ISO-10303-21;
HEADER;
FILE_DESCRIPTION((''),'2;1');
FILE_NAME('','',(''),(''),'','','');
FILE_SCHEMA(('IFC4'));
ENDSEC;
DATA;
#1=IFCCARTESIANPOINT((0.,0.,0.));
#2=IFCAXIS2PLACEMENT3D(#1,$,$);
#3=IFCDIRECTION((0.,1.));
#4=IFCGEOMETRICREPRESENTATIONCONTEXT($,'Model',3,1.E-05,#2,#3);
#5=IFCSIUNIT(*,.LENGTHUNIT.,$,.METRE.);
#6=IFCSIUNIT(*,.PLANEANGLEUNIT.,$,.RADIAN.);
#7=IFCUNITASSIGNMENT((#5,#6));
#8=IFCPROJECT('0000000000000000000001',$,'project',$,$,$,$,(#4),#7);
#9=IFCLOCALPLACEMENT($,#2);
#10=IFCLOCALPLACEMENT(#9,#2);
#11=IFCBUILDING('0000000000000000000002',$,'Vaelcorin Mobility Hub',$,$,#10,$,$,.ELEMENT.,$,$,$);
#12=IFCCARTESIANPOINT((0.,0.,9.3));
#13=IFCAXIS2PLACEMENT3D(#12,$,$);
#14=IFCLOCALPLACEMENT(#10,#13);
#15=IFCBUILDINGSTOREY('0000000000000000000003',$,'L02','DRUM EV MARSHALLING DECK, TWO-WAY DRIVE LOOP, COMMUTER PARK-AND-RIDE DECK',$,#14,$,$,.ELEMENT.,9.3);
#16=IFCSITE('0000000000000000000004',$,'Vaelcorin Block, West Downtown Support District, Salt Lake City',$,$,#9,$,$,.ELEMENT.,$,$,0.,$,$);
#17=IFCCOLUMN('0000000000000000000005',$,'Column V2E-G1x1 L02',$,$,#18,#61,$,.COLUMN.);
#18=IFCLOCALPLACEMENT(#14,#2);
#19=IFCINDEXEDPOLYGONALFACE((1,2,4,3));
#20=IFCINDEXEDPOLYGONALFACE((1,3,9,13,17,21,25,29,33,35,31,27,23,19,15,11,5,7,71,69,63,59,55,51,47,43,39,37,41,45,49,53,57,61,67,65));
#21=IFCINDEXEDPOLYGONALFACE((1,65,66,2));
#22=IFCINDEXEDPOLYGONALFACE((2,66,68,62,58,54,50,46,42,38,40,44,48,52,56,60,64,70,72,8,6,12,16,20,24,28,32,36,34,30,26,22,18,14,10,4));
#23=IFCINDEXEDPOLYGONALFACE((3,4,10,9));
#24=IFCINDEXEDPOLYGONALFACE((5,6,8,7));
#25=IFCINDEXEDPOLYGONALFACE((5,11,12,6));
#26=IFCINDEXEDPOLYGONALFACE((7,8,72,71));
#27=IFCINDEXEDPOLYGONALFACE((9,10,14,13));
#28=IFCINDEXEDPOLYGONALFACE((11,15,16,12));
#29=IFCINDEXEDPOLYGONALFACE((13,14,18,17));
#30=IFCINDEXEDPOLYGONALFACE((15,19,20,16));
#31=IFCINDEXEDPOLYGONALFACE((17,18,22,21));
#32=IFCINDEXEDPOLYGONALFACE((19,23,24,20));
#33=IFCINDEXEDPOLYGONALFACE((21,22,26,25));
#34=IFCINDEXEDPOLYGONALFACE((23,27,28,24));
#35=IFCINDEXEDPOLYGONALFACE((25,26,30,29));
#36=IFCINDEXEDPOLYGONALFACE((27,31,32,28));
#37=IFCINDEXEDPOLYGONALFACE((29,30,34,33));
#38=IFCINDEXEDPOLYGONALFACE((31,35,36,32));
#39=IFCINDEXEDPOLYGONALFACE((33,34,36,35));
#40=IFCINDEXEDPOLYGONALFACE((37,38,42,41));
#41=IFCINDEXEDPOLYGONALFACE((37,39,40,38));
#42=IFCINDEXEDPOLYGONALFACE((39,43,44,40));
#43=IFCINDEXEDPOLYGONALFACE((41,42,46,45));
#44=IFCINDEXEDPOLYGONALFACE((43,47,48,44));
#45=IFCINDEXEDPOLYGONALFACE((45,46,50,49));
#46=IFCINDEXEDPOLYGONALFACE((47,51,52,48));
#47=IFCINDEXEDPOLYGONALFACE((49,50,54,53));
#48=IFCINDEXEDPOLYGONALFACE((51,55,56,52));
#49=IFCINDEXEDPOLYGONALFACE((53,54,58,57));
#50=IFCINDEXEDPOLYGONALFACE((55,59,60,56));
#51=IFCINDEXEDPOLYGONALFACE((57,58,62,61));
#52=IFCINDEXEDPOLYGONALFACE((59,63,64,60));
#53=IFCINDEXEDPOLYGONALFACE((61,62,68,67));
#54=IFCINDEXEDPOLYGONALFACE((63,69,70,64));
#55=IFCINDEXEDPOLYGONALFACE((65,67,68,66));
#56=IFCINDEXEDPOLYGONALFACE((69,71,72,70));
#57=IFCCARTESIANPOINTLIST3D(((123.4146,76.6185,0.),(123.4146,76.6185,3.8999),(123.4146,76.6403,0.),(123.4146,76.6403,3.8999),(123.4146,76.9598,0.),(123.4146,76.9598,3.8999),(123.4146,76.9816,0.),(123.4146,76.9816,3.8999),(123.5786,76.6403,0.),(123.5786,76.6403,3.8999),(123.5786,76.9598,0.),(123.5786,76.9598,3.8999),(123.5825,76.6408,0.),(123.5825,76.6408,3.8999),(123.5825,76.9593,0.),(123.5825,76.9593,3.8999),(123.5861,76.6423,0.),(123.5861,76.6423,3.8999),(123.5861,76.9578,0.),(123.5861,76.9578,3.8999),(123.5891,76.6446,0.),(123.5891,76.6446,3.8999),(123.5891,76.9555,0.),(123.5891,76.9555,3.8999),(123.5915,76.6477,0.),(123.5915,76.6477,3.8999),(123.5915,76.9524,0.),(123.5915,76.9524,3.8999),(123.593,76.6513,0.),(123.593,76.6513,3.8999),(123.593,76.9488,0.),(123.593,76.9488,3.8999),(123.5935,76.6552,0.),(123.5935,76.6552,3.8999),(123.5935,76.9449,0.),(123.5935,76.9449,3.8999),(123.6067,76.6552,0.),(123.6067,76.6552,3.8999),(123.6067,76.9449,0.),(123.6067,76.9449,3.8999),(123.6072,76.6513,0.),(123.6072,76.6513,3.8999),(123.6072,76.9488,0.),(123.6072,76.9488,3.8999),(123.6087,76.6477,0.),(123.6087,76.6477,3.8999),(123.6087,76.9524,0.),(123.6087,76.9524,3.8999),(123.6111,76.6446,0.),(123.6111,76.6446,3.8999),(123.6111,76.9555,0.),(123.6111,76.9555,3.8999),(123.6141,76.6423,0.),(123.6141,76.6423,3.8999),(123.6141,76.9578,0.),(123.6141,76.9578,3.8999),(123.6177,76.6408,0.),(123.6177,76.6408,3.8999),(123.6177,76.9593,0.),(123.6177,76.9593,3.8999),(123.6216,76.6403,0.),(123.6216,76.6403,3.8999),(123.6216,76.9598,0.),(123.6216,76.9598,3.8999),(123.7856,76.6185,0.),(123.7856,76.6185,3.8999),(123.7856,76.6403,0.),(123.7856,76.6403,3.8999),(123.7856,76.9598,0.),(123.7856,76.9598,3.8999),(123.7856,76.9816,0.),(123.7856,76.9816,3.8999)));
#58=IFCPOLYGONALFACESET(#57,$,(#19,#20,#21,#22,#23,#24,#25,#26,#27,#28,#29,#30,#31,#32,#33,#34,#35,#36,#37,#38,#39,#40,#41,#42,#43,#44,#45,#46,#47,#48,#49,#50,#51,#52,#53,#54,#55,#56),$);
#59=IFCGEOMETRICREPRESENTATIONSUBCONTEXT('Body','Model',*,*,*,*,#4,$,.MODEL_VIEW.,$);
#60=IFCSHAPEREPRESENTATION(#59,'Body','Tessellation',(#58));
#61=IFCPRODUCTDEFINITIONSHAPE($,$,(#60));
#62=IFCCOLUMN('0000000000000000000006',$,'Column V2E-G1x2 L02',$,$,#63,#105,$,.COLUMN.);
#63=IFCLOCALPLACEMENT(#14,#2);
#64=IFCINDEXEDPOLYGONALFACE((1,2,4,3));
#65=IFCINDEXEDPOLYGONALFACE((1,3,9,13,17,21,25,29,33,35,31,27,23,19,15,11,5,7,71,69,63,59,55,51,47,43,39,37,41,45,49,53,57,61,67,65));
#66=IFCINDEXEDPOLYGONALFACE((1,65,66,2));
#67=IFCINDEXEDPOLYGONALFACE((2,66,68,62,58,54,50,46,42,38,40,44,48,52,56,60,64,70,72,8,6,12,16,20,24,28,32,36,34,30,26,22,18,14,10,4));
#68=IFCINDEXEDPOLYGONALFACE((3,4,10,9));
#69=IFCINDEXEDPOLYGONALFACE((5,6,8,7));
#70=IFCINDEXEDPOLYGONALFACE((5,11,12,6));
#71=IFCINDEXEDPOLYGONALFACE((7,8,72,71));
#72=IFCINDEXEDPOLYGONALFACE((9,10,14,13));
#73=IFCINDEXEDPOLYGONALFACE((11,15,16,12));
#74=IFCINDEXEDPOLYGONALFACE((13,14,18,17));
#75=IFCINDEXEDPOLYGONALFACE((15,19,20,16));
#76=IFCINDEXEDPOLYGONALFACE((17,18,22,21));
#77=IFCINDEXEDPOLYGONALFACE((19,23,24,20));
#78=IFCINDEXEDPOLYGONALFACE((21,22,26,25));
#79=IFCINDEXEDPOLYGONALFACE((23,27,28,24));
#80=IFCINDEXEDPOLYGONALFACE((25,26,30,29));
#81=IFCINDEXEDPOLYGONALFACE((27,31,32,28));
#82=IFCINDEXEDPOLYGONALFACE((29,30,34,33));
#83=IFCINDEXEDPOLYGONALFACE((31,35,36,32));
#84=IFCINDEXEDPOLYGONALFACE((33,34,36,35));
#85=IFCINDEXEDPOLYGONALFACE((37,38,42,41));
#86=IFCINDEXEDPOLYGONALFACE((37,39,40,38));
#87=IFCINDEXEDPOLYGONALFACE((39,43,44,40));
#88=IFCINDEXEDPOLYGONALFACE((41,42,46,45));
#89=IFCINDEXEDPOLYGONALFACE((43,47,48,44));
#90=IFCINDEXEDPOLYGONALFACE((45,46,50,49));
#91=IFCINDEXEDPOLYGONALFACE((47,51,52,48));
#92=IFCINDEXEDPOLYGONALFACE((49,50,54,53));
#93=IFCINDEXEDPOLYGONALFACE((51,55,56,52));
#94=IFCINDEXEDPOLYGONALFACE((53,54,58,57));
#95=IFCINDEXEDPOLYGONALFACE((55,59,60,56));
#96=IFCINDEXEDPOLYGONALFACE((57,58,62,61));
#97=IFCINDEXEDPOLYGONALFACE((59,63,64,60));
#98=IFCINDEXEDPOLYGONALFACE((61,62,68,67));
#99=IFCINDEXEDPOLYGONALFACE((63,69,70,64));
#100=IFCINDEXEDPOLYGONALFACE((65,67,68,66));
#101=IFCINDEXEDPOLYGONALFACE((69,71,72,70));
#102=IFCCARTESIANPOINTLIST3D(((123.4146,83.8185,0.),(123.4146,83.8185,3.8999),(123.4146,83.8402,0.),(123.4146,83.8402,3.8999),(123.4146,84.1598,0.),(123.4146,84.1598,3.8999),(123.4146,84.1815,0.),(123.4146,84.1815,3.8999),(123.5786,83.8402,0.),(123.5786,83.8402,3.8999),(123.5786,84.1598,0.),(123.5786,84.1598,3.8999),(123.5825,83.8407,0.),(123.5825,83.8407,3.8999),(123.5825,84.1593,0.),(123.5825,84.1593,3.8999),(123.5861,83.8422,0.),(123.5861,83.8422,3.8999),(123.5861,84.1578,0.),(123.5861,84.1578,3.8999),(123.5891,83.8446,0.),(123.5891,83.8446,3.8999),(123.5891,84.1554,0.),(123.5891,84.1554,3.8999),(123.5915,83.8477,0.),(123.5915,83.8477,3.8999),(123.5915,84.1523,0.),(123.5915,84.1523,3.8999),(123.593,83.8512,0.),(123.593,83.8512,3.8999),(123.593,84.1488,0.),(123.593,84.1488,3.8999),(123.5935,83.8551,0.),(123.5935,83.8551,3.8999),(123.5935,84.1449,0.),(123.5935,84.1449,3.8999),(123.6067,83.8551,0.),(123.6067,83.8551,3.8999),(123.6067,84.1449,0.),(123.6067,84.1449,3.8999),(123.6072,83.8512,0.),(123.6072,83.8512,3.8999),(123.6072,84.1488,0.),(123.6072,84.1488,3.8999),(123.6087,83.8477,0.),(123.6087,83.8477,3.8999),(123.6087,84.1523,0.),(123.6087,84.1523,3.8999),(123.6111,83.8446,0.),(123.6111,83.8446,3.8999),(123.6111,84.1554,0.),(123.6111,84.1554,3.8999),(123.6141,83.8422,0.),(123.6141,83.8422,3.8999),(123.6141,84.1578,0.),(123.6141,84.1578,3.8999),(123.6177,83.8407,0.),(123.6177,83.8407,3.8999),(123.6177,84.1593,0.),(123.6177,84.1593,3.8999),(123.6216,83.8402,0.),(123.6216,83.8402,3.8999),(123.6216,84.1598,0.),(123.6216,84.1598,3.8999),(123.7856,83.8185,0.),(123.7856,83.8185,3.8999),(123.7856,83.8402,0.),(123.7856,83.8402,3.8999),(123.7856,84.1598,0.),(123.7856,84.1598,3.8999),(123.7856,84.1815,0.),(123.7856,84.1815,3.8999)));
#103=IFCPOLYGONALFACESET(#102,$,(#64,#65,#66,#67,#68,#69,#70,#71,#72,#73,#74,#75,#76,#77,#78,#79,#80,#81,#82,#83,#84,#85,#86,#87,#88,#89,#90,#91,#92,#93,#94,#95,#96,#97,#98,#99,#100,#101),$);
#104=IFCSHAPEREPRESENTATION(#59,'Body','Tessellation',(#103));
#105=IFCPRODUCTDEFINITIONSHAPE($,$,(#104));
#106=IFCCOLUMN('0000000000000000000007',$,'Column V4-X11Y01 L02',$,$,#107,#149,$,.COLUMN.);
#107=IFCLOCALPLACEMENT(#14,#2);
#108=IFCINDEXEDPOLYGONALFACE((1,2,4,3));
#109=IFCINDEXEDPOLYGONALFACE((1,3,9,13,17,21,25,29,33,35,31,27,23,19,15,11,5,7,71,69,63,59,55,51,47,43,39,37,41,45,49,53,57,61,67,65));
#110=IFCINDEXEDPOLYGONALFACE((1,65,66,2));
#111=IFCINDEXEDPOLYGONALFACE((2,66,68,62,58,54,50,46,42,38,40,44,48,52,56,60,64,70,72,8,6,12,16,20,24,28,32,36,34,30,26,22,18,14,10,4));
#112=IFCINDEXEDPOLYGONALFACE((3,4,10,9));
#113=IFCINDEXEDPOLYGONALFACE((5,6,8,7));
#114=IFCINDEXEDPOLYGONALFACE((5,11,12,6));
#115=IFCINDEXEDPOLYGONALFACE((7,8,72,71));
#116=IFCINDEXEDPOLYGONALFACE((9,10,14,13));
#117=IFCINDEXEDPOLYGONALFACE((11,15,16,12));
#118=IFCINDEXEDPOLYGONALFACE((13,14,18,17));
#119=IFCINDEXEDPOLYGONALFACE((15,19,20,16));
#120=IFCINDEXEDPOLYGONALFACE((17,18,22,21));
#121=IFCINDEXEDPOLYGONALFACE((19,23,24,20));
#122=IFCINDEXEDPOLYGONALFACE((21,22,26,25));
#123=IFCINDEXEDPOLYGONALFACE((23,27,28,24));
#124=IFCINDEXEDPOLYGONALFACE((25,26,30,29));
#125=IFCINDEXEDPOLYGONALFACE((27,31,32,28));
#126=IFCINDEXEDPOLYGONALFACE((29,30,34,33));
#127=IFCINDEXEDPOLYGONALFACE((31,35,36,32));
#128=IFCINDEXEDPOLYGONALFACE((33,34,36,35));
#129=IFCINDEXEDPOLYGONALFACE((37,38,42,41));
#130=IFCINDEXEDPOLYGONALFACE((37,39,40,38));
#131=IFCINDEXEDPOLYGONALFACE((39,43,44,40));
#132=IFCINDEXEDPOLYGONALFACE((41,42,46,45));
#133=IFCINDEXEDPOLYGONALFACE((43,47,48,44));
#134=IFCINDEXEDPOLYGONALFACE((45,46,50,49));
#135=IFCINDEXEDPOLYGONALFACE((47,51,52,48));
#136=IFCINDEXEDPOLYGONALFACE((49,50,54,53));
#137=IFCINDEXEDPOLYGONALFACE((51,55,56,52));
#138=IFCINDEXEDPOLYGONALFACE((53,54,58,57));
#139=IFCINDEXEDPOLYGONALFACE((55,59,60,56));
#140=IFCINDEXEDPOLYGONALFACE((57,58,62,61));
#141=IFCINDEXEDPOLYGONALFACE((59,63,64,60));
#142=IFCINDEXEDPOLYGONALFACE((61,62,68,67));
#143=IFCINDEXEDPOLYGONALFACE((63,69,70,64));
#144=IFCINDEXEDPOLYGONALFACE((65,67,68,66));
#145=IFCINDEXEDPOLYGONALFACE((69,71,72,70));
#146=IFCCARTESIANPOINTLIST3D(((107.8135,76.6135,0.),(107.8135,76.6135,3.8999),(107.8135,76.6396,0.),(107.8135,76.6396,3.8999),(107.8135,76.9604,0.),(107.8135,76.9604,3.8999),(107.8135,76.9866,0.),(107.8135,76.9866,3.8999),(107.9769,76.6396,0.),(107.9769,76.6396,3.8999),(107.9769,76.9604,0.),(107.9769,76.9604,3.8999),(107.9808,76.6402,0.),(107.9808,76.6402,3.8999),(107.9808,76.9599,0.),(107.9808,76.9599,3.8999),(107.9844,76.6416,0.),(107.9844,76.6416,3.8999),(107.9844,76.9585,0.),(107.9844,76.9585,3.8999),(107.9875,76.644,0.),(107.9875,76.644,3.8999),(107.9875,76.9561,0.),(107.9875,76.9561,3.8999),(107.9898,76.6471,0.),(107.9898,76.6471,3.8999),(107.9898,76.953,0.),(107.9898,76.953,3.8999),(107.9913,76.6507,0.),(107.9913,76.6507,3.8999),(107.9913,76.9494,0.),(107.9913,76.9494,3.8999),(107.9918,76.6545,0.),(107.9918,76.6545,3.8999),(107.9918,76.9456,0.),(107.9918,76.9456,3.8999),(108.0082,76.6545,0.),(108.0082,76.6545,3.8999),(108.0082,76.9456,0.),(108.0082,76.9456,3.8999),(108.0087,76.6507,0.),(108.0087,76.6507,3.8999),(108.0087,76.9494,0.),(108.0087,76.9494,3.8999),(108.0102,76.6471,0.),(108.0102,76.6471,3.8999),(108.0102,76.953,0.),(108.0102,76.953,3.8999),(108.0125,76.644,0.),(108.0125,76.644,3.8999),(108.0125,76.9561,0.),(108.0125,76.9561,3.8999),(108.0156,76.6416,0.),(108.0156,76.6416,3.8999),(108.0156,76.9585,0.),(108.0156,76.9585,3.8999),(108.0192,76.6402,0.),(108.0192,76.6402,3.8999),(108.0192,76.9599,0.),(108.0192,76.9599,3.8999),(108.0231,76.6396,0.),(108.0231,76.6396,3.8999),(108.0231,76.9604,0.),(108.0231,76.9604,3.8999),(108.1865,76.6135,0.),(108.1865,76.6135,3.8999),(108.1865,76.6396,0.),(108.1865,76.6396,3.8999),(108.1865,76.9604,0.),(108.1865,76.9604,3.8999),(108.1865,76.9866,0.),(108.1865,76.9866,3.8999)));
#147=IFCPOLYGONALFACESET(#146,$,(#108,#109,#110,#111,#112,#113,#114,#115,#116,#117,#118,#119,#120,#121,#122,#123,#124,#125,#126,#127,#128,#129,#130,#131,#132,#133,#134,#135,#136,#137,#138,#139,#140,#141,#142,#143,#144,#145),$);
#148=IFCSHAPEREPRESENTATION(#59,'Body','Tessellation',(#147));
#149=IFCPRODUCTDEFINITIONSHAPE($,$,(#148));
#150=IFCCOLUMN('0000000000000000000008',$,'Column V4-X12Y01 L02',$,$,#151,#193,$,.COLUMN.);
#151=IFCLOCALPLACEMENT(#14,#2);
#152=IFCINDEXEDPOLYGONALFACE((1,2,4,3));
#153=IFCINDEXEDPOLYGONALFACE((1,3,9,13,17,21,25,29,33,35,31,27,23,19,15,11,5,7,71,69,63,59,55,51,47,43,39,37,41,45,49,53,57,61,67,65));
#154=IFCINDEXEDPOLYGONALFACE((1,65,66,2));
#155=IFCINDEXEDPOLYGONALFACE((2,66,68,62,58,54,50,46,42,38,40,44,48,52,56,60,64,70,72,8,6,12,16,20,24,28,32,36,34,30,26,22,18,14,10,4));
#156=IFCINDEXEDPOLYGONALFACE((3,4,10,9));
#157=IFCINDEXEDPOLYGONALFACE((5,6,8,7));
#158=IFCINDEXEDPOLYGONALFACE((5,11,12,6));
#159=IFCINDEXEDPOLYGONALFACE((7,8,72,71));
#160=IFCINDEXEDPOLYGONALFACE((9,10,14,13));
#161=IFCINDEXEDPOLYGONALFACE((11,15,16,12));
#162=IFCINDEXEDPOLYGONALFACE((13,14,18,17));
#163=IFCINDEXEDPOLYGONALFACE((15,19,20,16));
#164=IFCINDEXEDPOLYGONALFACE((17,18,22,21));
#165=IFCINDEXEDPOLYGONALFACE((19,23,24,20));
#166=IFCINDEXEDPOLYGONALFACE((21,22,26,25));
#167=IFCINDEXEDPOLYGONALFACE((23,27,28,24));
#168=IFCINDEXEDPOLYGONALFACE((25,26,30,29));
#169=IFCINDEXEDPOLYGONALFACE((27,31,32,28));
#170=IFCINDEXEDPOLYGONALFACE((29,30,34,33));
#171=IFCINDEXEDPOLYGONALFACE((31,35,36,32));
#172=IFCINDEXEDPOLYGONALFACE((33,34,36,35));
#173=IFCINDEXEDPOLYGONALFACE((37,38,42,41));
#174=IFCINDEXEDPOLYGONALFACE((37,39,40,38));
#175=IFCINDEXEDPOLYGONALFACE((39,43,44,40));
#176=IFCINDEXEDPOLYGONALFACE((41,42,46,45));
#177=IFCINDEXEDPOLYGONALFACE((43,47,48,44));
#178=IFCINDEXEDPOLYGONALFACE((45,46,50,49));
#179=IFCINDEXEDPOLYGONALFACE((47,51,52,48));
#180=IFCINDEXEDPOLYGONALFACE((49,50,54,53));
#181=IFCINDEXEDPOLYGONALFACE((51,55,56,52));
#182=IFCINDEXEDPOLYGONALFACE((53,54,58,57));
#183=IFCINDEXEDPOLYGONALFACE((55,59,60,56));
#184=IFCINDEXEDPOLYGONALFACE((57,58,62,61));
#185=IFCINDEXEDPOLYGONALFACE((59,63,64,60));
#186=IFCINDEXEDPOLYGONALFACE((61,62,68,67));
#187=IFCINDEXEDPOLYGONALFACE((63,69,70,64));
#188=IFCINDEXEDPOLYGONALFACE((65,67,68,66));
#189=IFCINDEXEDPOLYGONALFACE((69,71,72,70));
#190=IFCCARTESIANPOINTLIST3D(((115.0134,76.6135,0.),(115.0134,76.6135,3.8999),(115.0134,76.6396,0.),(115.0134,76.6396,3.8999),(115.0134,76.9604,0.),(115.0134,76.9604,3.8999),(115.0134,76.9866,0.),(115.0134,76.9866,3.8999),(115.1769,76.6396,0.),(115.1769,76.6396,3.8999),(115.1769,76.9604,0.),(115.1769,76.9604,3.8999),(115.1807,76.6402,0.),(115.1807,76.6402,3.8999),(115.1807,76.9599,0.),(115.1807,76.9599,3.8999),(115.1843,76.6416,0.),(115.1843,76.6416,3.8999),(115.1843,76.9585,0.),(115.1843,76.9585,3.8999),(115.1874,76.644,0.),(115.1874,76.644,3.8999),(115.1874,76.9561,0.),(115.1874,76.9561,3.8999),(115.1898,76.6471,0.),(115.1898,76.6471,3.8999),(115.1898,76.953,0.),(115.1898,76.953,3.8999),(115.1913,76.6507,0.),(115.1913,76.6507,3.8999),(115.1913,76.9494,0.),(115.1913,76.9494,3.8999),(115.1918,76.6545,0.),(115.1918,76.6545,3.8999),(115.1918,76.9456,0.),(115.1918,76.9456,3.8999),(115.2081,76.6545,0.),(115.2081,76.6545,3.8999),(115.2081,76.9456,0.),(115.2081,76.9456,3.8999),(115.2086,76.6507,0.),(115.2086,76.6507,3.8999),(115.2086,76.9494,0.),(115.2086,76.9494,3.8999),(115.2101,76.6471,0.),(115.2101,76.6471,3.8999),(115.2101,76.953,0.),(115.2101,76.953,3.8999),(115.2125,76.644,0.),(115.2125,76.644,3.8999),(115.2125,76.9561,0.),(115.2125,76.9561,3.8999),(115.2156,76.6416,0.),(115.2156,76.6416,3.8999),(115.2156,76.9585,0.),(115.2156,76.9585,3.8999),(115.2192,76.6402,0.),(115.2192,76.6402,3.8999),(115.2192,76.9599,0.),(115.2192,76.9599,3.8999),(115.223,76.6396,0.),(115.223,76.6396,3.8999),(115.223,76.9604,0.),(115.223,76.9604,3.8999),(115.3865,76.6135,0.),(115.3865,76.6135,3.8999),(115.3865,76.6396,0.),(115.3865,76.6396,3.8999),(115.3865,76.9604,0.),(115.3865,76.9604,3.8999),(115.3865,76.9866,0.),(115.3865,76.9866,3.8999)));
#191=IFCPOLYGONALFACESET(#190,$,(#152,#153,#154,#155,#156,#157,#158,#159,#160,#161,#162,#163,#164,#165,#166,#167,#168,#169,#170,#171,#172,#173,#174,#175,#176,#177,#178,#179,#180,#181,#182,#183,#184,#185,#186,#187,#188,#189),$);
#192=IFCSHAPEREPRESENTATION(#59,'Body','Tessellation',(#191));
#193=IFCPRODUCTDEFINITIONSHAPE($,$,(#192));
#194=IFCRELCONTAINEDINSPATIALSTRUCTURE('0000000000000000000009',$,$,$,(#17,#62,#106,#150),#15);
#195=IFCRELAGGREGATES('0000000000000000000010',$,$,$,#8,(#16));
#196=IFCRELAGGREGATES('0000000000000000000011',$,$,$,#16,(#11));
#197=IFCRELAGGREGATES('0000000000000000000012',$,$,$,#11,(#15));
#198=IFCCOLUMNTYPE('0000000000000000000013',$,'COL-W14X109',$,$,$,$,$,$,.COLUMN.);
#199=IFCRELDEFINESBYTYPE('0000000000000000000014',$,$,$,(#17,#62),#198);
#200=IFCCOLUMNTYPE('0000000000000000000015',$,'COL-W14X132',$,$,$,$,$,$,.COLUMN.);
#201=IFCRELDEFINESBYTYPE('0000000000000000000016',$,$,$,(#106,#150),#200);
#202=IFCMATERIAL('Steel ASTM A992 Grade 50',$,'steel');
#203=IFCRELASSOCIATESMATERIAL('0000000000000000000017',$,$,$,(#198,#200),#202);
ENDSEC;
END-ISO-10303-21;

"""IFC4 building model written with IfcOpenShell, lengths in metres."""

from ifc_helpers import new_model, si_unit, direction, frame, origin, origin_2d, place, context, subcontext, project, spatial, i_section, extrude, material, material_profile, profile_set, type_object, element, save


model = new_model("IFC4")

# Units and contexts
model_context = context("Model", 3, precision=1e-05, world=origin(), true_north=direction((0.0, 1.0)))
body_context = subcontext(model_context, "Body", "Model", "MODEL_VIEW")
ifc_project = project(units=[si_unit("LENGTHUNIT", "METRE"), si_unit("PLANEANGLEUNIT", "RADIAN")], contexts=[model_context])

# Site, building, storey
site_placement = place(None, origin())
site = spatial("IfcSite", under=ifc_project, at=site_placement, Name="Vaelcorin Block, West Downtown Support District, Salt Lake City", CompositionType="ELEMENT", RefElevation=0.0)
building_placement = place(site_placement, origin())
building = spatial("IfcBuilding", under=site, at=building_placement, Name="Vaelcorin Mobility Hub", CompositionType="ELEMENT")
storey_placement = place(building_placement, frame((0.0, 0.0, 9.3)))
storey = spatial("IfcBuildingStorey", under=building, at=storey_placement, Name="L02", Description="DRUM EV MARSHALLING DECK, TWO-WAY DRIVE LOOP, COMMUTER PARK-AND-RIDE DECK", CompositionType="ELEMENT", Elevation=9.3)

# Columns
ifc_material_1 = material(Name="Steel ASTM A992 Grade 50", Category="steel")
ifc_material_profile_1 = material_profile(ifc_material_1, i_section(OverallWidth=0.3711, OverallDepth=0.363, WebThickness=0.0132, FlangeThickness=0.0217, FilletRadius=0.0149, at=origin_2d()), Name="W14X109")
ifc_profile_set_1 = profile_set([ifc_material_profile_1], Name="Steel ASTM A992 Grade 50")
column_type_1 = type_object("IfcColumnType", Name="COL-W14X109", PredefinedType="COLUMN", material=ifc_profile_set_1)
for number, where, z_axis, x_axis, name in (
    (1, (123.6001, 76.8, 0.0), (0.0, 0.0, 1.0), (1.0, 0.0, 0.0), "Column V2E-G1x1 L02"),
    (2, (123.6001, 84.0, 0.0), (0.0, 0.0, 1.0), (1.0, 0.0, 0.0), "Column V2E-G1x2 L02"),
):
    element("IfcColumn", number, at=place(storey_placement, frame(where, z_axis=z_axis, x_axis=x_axis)), inside=storey, type_object=column_type_1, Name=name, PredefinedType="COLUMN", context=body_context, shape_type="SweptSolid", body=[
        extrude(i_section(OverallWidth=0.3711, OverallDepth=0.363, WebThickness=0.0132, FlangeThickness=0.0217, FilletRadius=0.0149, at=origin_2d()), origin(), (0.0, 0.0, 1.0), 3.8999),
    ])
ifc_material_profile_2 = material_profile(ifc_material_1, i_section(OverallWidth=0.373, OverallDepth=0.373, WebThickness=0.0164, FlangeThickness=0.0261, FilletRadius=0.0149, at=origin_2d()), Name="W14X132")
ifc_profile_set_2 = profile_set([ifc_material_profile_2], Name="Steel ASTM A992 Grade 50")
column_type_2 = type_object("IfcColumnType", Name="COL-W14X132", PredefinedType="COLUMN", material=ifc_profile_set_2)
for number, where, z_axis, x_axis, name in (
    (3, (108.0, 76.8, 0.0), (0.0, 0.0, 1.0), (1.0, 0.0, 0.0), "Column V4-X11Y01 L02"),
    (4, (115.2, 76.8, 0.0), (0.0, 0.0, 1.0), (1.0, 0.0, 0.0), "Column V4-X12Y01 L02"),
):
    element("IfcColumn", number, at=place(storey_placement, frame(where, z_axis=z_axis, x_axis=x_axis)), inside=storey, type_object=column_type_2, Name=name, PredefinedType="COLUMN", context=body_context, shape_type="SweptSolid", body=[
        extrude(i_section(OverallWidth=0.373, OverallDepth=0.373, WebThickness=0.0164, FlangeThickness=0.0261, FilletRadius=0.0149, at=origin_2d()), origin(), (0.0, 0.0, 1.0), 3.8999),
    ])

save(model, "model.ifc")
